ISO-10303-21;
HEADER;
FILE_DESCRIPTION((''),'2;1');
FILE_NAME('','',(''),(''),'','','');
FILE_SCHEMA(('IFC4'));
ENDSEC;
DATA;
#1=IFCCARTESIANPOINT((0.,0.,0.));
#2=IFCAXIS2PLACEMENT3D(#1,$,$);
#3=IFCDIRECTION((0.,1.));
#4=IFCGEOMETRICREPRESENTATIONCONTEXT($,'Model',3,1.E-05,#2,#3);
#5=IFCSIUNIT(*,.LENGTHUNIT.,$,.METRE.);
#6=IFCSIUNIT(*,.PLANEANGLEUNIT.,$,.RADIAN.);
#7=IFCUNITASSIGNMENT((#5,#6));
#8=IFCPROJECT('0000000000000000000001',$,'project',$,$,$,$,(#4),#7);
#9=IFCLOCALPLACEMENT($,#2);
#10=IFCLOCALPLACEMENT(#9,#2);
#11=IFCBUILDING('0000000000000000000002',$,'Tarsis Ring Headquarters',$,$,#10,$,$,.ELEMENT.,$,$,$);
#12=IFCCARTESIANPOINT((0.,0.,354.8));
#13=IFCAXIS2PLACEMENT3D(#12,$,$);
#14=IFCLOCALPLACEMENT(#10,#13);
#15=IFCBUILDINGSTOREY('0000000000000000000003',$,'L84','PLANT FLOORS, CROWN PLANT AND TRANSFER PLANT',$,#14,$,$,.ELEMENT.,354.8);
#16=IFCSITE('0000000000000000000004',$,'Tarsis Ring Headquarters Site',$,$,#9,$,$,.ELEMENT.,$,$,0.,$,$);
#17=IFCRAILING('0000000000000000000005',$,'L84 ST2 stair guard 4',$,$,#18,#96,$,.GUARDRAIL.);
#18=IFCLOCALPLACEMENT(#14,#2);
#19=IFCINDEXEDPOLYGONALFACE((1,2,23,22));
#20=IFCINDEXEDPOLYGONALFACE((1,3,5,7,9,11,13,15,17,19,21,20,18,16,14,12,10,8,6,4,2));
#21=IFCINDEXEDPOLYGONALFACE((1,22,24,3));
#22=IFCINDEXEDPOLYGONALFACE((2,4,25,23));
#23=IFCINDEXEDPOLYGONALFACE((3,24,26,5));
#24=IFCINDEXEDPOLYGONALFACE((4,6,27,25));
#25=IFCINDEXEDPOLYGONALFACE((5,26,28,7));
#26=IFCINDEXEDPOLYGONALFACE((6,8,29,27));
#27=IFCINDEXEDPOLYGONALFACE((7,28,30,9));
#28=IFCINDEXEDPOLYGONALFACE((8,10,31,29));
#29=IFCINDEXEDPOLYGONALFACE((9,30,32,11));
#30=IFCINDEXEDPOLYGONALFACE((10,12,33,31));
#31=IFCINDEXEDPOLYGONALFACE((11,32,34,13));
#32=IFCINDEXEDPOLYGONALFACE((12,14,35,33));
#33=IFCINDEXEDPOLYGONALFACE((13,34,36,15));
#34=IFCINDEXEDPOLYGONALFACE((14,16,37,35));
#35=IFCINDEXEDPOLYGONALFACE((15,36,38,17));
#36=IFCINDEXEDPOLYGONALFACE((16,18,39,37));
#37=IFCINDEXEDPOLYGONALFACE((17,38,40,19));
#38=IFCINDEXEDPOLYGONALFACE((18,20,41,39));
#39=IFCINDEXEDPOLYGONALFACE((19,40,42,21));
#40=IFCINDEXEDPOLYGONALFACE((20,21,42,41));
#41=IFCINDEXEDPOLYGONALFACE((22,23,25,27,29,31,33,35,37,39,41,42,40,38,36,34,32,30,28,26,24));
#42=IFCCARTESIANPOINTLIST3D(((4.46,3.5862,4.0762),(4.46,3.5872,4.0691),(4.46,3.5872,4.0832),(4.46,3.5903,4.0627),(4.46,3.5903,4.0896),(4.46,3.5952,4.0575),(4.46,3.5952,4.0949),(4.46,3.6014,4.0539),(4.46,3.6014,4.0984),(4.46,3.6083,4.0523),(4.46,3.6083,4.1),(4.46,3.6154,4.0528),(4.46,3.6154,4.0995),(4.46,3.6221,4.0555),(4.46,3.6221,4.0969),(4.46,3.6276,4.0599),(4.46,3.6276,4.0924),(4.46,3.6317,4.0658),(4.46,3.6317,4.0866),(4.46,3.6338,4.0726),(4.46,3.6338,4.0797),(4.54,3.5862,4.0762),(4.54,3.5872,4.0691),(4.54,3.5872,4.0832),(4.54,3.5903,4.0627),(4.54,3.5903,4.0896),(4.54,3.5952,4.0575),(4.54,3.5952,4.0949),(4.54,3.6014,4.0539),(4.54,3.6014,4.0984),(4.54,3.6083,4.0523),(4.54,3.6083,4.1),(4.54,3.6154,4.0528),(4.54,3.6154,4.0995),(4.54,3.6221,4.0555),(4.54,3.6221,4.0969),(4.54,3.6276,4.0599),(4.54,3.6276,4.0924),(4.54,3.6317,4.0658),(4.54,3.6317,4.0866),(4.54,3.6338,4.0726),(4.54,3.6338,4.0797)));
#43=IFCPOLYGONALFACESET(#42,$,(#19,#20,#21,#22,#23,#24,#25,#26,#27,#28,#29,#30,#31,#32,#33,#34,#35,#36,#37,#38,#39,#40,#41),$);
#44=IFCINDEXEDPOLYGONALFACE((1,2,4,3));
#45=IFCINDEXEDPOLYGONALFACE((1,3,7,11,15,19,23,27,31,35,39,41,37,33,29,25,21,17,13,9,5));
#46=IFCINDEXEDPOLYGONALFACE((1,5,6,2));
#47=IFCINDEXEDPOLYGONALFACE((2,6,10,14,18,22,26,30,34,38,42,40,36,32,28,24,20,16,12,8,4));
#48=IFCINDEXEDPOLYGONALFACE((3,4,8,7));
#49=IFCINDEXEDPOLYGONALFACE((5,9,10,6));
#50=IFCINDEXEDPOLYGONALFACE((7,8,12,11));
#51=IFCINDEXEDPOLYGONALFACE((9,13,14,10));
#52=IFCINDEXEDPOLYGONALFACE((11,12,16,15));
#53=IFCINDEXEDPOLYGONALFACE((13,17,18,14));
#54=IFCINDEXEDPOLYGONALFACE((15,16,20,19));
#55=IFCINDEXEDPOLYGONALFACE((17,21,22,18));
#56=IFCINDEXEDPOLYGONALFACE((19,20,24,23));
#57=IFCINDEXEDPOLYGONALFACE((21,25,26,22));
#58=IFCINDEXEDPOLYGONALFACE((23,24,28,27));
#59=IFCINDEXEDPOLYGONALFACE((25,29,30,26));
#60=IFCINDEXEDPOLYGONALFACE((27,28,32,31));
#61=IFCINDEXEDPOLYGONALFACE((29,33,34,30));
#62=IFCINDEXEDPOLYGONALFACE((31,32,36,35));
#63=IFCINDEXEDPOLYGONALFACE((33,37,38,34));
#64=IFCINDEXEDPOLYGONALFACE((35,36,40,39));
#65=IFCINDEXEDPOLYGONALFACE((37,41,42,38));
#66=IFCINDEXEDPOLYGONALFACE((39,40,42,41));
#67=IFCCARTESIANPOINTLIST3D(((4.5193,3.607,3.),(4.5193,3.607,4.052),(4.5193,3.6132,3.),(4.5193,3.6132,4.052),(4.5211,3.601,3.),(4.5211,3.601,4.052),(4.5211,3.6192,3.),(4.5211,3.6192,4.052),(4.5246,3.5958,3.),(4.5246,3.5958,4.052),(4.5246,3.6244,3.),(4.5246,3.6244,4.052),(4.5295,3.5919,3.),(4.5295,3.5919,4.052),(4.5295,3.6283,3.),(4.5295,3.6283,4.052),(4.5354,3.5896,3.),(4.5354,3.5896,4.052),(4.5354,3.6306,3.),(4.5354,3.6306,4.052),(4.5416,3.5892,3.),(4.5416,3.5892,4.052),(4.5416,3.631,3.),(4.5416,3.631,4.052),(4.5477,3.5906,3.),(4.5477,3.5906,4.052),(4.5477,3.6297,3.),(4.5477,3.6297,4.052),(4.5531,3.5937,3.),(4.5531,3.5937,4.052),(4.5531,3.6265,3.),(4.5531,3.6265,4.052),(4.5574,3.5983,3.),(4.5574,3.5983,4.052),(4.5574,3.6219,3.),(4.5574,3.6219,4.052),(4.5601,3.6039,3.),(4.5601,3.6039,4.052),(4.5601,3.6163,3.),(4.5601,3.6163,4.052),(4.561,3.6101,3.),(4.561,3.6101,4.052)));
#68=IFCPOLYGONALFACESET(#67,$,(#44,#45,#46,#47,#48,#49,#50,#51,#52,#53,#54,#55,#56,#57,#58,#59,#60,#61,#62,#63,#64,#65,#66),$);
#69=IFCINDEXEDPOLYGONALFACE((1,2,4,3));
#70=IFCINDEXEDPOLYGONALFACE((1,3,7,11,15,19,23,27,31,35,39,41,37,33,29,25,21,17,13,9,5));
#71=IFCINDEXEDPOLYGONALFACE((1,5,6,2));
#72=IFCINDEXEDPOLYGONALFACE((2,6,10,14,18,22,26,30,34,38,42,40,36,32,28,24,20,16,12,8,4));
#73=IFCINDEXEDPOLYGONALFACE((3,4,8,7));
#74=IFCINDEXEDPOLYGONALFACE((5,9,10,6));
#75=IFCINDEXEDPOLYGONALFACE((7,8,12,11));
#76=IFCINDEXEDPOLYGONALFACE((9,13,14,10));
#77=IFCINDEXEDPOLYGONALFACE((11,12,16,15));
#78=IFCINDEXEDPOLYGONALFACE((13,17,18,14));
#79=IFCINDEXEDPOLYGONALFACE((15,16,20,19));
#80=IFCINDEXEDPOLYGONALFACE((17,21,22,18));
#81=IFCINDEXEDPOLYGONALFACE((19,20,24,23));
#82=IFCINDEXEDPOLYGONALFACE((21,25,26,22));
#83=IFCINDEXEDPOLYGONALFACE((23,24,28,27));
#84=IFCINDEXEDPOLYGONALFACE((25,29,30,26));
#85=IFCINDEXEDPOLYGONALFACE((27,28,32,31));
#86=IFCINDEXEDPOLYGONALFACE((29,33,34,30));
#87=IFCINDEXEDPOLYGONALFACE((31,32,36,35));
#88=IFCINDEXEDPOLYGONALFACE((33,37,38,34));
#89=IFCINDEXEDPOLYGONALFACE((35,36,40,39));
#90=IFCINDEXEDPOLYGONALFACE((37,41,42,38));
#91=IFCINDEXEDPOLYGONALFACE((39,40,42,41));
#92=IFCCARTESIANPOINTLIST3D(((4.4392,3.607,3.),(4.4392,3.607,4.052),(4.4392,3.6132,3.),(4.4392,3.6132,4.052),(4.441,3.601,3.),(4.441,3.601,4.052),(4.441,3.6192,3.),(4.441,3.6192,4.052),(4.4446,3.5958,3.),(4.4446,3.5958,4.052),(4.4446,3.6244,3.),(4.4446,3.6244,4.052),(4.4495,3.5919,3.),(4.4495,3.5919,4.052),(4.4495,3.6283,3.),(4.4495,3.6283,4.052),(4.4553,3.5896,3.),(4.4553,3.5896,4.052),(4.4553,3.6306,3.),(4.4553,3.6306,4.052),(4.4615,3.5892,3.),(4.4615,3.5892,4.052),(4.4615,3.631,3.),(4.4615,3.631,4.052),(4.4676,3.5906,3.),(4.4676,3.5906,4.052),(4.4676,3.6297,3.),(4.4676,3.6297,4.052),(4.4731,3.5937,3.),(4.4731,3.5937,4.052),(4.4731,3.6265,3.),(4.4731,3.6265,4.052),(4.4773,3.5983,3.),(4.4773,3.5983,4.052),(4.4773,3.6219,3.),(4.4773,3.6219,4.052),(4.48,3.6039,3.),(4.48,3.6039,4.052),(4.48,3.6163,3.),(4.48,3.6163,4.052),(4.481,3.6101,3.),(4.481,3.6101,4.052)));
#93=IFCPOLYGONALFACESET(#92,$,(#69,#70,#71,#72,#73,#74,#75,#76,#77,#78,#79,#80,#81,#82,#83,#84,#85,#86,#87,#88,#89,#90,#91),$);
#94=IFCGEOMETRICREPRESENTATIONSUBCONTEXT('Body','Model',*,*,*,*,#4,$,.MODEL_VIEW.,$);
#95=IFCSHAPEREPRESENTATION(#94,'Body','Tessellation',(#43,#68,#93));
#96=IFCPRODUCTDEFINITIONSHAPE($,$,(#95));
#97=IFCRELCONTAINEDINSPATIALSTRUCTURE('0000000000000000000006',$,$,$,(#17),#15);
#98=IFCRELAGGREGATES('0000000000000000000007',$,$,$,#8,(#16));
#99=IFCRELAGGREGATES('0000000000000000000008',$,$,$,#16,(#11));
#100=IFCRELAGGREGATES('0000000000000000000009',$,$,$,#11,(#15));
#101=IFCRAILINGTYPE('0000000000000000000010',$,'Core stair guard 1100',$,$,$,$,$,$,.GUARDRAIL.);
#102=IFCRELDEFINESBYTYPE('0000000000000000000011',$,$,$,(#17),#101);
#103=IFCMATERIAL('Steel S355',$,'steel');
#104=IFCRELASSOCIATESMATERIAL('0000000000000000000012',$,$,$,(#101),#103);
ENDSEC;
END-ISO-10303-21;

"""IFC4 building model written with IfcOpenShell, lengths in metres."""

from ifc_helpers import new_model, si_unit, direction, frame, origin, origin_2d, place, context, subcontext, project, spatial, circle, extrude, material, type_object, element, save


model = new_model("IFC4")

# Units and contexts
model_context = context("Model", 3, precision=1e-05, world=origin(), true_north=direction((0.0, 1.0)))
body_context = subcontext(model_context, "Body", "Model", "MODEL_VIEW")
ifc_project = project(units=[si_unit("LENGTHUNIT", "METRE"), si_unit("PLANEANGLEUNIT", "RADIAN")], contexts=[model_context])

# Site, building, storey
site_placement = place(None, origin())
site = spatial("IfcSite", under=ifc_project, at=site_placement, Name="Tarsis Ring Headquarters Site", CompositionType="ELEMENT", RefElevation=0.0)
building_placement = place(site_placement, origin())
building = spatial("IfcBuilding", under=site, at=building_placement, Name="Tarsis Ring Headquarters", CompositionType="ELEMENT")
storey_placement = place(building_placement, frame((0.0, 0.0, 354.8)))
storey = spatial("IfcBuildingStorey", under=building, at=storey_placement, Name="L84", Description="PLANT FLOORS, CROWN PLANT AND TRANSFER PLANT", CompositionType="ELEMENT", Elevation=354.8)

# Railing
ifc_material_1 = material(Name="Steel S355", Category="steel")
railing_type_1 = type_object("IfcRailingType", Name="Core stair guard 1100", PredefinedType="GUARDRAIL", material=ifc_material_1)
railing_1_placement = place(storey_placement, frame((4.54, 3.6101, 3.0)))
element("IfcRailing", 1, at=railing_1_placement, inside=storey, type_object=railing_type_1, Name="L84 ST2 stair guard 4", PredefinedType="GUARDRAIL", context=body_context, shape_type="SweptSolid", body=[
    extrude(circle(Radius=0.0239, at=origin_2d()), frame((0.0, 0.0, 1.0762), z_axis=(-1.0, 0.0, 0.0), x_axis=(0.0, -1.0, 0.0)), (0.0, 0.0, 1.0), 0.0801),
    extrude(circle(Radius=0.021, at=origin_2d()), origin(), (0.0, 0.0, 1.0), 1.052),
    extrude(circle(Radius=0.021, at=origin_2d()), frame((-0.0801, 0.0, 0.0)), (0.0, 0.0, 1.0), 1.052),
])

save(model, "model.ifc")
